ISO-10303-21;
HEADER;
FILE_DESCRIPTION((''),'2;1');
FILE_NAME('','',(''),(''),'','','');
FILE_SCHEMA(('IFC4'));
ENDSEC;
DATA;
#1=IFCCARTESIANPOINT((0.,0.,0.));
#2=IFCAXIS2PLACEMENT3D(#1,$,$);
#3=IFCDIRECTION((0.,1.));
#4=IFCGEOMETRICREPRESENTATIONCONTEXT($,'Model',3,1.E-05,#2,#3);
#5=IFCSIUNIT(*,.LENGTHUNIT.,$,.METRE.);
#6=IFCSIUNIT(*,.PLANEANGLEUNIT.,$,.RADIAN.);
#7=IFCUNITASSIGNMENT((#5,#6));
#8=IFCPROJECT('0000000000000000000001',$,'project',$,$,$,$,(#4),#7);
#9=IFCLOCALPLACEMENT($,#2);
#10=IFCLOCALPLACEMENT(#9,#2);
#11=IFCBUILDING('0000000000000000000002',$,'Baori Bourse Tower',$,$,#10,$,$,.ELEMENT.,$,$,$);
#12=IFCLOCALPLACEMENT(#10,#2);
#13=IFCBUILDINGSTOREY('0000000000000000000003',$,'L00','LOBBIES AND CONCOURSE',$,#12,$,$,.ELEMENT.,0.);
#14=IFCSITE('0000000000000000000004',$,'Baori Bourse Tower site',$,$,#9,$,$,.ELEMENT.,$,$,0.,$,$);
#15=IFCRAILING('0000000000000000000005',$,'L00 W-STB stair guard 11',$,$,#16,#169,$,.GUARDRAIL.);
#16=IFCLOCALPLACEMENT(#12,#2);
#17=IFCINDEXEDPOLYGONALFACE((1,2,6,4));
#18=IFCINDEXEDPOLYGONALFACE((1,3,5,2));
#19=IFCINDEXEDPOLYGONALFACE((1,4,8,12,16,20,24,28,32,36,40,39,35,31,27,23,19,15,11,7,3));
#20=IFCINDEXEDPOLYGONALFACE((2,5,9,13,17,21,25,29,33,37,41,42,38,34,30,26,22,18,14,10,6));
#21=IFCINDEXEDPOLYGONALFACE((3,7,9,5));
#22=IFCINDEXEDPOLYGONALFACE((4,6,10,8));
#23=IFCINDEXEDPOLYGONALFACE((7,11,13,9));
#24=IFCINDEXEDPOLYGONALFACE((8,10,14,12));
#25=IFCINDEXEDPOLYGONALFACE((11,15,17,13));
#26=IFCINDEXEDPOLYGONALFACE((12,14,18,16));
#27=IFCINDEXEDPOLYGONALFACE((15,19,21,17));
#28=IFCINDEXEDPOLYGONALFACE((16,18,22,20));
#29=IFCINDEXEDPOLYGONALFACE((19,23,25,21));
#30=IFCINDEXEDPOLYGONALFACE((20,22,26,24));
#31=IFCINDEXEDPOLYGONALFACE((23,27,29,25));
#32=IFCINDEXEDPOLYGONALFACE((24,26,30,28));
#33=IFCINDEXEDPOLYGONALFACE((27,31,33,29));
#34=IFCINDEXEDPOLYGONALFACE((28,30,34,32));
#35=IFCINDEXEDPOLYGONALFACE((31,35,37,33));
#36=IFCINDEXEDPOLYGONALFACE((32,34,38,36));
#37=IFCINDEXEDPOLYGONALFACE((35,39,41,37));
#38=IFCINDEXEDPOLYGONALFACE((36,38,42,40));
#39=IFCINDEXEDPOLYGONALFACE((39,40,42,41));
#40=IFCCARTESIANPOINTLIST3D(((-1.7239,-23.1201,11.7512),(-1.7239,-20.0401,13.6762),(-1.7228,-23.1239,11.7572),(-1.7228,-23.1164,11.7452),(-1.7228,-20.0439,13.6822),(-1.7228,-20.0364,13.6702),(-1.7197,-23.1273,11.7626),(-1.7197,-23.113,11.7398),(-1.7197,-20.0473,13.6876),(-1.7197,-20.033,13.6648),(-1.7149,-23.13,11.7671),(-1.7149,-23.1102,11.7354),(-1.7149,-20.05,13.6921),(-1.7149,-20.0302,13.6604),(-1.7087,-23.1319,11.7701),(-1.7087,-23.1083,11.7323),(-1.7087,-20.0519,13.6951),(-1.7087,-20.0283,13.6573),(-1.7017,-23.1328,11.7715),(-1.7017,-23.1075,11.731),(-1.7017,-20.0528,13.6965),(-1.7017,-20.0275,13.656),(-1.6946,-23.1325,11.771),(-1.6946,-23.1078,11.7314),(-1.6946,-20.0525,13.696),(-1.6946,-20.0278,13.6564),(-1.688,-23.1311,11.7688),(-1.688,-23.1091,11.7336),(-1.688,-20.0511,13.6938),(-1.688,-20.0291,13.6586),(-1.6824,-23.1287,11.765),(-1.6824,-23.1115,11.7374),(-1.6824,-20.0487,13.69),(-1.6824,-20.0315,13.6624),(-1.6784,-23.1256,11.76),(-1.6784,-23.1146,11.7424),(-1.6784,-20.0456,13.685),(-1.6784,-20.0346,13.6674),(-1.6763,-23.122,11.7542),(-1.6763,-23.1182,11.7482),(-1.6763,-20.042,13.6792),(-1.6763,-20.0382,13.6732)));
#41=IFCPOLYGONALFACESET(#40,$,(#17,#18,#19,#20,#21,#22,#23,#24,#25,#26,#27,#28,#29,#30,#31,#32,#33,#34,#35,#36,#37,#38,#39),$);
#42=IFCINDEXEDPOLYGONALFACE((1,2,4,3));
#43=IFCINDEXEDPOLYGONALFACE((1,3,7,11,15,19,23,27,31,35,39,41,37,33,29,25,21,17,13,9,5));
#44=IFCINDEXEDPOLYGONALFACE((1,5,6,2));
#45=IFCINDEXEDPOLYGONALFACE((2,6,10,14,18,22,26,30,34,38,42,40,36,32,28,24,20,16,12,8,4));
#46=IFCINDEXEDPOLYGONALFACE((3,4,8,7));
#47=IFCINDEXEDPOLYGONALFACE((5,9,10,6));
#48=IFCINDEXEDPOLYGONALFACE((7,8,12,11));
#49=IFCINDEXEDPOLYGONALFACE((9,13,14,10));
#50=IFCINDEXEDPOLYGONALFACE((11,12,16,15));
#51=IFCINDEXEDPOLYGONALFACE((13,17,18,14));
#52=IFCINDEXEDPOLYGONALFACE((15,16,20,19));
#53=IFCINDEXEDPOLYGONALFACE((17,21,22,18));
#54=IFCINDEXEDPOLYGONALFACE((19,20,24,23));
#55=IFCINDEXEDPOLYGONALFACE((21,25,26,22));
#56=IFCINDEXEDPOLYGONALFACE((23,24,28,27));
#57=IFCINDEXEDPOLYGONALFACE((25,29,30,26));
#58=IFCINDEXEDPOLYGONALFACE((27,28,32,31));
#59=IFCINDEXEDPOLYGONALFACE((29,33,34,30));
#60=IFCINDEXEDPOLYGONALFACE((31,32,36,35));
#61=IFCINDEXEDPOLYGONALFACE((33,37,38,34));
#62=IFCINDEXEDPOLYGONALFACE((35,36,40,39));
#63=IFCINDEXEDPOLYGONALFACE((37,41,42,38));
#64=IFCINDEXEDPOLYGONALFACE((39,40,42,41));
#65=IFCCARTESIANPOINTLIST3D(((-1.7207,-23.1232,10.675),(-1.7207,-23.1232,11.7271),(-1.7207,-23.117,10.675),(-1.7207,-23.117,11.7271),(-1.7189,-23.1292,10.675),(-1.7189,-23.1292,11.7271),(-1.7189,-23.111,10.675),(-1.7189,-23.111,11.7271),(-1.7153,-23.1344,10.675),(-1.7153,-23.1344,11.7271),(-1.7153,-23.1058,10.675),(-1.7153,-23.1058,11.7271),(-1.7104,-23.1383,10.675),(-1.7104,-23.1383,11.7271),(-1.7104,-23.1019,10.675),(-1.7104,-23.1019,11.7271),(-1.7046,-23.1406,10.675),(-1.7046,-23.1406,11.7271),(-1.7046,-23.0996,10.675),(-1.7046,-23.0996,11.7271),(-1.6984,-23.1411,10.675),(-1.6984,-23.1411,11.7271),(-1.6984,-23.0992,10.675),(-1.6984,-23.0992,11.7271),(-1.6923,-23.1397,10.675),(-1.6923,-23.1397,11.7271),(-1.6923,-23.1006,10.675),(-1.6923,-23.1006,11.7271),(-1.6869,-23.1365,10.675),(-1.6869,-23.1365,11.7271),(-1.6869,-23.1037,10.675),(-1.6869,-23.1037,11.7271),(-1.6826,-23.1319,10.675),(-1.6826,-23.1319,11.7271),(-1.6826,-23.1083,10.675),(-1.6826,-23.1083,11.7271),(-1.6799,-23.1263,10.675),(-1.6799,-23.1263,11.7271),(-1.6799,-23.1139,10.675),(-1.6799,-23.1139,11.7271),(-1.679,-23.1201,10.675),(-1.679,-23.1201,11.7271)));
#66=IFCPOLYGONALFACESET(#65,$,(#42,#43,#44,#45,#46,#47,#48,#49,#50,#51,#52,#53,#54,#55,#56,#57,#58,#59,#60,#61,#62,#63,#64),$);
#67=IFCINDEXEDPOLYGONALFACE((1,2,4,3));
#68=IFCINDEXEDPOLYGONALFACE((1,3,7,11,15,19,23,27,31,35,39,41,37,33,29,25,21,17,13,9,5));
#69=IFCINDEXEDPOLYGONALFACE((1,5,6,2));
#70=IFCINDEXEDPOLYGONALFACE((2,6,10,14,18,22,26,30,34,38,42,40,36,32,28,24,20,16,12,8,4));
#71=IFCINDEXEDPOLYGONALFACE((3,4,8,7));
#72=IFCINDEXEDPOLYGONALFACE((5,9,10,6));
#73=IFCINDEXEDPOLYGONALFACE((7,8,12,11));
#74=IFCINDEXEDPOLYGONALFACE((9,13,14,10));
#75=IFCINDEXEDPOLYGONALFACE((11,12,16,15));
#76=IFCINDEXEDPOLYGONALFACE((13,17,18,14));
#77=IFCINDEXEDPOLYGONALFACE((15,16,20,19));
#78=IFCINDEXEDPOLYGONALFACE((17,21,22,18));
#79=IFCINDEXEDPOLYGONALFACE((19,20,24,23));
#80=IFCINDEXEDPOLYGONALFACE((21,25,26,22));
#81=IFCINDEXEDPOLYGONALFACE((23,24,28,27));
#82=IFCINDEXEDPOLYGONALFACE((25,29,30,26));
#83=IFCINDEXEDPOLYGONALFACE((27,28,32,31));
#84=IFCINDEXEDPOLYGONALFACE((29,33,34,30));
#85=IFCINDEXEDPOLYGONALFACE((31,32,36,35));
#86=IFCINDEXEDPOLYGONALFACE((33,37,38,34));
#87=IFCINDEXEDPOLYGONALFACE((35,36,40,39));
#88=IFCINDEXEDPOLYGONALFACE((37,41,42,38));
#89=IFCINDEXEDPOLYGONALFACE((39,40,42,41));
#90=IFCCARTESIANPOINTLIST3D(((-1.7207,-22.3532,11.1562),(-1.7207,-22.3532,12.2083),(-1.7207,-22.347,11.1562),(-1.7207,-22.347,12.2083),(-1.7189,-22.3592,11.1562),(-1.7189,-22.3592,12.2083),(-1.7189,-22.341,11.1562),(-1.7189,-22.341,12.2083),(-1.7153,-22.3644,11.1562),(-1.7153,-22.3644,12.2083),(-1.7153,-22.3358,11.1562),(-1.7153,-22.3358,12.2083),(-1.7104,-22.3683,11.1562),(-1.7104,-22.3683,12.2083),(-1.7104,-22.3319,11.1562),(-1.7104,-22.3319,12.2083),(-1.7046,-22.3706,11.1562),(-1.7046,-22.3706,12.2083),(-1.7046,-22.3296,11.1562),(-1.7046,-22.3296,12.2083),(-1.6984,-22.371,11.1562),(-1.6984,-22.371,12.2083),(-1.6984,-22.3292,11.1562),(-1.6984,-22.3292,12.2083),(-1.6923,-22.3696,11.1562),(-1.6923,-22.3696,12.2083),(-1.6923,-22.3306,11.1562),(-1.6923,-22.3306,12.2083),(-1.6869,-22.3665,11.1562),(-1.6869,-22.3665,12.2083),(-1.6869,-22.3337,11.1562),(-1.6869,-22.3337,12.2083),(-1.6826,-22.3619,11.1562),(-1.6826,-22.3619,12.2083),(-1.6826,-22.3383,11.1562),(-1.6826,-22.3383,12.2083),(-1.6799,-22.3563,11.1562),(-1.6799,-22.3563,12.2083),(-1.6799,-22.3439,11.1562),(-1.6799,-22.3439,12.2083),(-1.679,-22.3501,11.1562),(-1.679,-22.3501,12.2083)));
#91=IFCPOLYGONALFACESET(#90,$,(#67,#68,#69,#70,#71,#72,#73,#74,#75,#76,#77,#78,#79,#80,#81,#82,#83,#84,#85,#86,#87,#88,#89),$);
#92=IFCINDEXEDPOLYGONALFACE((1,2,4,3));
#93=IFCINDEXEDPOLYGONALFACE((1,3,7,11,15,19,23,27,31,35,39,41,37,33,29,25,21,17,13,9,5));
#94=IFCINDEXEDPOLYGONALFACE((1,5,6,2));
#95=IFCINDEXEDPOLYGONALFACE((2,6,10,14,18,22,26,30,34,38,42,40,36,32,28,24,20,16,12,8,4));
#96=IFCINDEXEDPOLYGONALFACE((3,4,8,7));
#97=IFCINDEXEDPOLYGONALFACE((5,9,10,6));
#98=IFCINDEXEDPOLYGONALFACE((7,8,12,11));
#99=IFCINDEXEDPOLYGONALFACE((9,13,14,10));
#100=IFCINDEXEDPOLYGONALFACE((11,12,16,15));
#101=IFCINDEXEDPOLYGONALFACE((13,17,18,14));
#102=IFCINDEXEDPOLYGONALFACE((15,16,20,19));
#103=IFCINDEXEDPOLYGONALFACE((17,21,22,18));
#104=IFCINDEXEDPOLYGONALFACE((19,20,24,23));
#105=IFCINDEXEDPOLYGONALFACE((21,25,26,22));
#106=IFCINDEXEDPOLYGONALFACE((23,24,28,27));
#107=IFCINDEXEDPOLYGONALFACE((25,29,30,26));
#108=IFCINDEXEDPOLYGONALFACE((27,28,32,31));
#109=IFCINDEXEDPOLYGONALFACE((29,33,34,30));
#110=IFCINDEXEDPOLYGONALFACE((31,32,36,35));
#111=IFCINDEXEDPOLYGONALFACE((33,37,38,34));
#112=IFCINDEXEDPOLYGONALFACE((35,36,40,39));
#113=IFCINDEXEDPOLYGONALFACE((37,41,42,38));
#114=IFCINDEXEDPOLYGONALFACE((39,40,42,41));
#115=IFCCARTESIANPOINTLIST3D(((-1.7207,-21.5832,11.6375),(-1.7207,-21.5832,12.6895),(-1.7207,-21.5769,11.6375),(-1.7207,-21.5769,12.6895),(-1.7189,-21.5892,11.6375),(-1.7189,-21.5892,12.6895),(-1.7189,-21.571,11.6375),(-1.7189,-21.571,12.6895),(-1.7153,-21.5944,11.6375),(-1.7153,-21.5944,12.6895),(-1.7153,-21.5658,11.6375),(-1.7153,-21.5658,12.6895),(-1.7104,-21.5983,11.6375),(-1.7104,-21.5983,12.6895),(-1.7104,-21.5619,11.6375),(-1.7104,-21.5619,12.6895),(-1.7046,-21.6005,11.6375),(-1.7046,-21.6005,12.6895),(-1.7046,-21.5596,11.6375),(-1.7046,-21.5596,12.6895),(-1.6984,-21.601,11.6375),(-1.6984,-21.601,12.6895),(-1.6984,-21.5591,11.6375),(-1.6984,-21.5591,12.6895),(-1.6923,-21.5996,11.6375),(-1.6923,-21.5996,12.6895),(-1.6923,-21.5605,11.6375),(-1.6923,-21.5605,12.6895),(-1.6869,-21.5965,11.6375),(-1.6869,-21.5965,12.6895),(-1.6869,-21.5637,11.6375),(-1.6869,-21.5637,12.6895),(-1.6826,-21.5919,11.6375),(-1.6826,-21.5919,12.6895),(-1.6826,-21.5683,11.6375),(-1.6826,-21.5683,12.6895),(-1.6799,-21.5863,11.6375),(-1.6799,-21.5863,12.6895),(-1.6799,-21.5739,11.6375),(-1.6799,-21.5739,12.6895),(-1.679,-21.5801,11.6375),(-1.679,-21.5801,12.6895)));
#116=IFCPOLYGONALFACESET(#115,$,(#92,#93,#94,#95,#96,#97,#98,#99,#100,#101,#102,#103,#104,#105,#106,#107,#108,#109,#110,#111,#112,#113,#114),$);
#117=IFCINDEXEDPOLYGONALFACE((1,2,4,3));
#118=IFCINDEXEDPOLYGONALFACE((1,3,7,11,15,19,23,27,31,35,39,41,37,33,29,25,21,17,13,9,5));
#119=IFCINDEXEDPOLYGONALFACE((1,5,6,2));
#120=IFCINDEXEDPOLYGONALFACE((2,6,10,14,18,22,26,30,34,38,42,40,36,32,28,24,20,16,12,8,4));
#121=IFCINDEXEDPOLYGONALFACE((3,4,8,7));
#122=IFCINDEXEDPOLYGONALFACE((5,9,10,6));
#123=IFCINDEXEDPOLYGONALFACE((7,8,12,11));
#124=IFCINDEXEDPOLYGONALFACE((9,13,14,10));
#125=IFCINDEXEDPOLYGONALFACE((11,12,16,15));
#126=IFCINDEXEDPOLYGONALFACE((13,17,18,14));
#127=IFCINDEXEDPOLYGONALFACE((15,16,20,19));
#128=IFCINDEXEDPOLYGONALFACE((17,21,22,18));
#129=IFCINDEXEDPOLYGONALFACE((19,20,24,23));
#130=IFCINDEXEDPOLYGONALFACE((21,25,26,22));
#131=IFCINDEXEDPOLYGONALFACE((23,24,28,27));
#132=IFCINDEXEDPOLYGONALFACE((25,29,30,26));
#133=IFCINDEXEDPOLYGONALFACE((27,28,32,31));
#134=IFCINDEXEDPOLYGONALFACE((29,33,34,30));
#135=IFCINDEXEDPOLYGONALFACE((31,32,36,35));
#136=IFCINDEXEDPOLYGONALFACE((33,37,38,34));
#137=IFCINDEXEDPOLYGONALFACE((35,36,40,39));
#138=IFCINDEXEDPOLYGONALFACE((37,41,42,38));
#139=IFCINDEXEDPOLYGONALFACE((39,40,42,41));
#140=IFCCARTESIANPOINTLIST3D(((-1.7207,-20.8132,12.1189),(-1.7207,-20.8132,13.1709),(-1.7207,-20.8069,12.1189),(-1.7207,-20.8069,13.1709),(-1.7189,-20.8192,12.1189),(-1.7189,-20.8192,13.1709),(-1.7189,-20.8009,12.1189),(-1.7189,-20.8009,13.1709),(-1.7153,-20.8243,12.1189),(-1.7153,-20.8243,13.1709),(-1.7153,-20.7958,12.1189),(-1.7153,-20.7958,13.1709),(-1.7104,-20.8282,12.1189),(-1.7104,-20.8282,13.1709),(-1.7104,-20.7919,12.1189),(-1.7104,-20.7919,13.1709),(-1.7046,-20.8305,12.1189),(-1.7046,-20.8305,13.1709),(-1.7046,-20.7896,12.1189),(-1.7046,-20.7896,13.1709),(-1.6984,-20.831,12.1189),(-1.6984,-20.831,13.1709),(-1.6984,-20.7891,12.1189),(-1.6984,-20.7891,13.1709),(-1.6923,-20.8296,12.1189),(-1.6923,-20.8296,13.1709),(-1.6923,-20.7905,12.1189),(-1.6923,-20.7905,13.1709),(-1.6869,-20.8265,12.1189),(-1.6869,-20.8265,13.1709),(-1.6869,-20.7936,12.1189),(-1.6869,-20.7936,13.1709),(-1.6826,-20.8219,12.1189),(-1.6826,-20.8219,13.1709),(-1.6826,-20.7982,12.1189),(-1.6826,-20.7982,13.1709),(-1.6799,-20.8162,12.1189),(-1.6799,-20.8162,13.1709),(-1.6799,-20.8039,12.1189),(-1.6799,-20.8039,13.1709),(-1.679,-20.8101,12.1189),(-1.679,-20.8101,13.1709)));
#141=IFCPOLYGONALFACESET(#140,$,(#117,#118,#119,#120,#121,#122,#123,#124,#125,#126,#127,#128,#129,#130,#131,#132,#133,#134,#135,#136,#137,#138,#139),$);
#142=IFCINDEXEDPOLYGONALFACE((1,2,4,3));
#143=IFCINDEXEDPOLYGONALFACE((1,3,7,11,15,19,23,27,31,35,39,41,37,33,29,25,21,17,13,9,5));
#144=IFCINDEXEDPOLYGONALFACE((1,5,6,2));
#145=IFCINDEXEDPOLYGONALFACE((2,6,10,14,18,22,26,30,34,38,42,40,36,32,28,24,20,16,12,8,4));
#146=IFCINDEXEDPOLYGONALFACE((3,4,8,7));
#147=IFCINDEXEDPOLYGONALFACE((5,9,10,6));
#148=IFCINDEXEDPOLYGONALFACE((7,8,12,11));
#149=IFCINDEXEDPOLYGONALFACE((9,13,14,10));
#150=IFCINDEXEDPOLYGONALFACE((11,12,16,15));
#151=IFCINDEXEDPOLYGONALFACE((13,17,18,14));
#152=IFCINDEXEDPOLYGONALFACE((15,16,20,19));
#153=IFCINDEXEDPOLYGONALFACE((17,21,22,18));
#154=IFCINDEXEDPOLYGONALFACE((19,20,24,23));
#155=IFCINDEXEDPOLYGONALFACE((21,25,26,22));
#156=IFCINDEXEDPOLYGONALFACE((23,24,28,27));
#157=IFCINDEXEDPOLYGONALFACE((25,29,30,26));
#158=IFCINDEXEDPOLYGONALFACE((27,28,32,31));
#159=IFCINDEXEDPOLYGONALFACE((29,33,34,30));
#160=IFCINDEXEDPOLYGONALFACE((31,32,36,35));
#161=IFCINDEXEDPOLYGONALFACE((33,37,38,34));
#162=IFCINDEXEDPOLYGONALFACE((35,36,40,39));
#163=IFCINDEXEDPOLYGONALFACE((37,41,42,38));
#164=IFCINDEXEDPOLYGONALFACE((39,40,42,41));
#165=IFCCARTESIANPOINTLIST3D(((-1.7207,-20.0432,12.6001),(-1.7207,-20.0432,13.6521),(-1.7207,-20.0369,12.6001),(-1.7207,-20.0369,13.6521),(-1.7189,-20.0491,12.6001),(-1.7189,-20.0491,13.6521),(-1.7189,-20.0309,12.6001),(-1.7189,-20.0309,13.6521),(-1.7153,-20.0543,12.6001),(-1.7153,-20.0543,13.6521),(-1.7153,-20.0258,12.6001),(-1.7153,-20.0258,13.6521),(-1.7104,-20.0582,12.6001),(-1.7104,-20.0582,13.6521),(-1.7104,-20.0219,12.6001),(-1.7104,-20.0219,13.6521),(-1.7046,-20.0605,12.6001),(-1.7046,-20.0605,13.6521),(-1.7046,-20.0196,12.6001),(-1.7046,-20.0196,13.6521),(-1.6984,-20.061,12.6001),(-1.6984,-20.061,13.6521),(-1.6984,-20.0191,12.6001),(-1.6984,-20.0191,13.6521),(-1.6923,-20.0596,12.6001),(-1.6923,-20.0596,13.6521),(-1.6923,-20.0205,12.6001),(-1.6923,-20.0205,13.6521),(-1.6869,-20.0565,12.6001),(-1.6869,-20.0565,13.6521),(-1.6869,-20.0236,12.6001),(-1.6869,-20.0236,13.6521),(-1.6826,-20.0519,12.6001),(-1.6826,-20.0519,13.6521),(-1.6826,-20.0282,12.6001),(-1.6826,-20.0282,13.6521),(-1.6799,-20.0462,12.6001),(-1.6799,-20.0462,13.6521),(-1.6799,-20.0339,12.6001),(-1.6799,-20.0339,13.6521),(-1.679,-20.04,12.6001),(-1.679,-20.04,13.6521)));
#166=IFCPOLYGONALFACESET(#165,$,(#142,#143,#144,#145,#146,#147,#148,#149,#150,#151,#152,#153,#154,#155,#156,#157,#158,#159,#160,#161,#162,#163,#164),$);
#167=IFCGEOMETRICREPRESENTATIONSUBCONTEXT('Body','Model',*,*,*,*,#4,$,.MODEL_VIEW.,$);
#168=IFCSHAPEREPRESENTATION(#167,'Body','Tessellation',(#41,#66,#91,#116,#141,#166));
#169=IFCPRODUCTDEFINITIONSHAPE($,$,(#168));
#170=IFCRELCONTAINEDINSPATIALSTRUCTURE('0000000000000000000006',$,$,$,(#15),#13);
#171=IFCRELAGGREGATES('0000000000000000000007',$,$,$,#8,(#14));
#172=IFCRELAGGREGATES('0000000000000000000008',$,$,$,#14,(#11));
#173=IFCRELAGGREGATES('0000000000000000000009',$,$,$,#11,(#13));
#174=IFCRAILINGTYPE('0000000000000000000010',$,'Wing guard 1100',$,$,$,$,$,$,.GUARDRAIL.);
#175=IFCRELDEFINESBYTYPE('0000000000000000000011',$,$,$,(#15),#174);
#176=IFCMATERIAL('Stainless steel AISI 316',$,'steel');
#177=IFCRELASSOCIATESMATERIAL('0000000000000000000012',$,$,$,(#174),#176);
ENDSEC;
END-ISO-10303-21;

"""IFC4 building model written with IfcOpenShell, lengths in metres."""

from ifc_helpers import new_model, si_unit, direction, frame, origin, origin_2d, place, context, subcontext, project, spatial, circle, extrude, material, type_object, element, save


model = new_model("IFC4")

# Units and contexts
model_context = context("Model", 3, precision=1e-05, world=origin(), true_north=direction((0.0, 1.0)))
body_context = subcontext(model_context, "Body", "Model", "MODEL_VIEW")
ifc_project = project(units=[si_unit("LENGTHUNIT", "METRE"), si_unit("PLANEANGLEUNIT", "RADIAN")], contexts=[model_context])

# Site, building, storey
site_placement = place(None, origin())
site = spatial("IfcSite", under=ifc_project, at=site_placement, Name="Baori Bourse Tower site", CompositionType="ELEMENT", RefElevation=0.0)
building_placement = place(site_placement, origin())
building = spatial("IfcBuilding", under=site, at=building_placement, Name="Baori Bourse Tower", CompositionType="ELEMENT")
storey_placement = place(building_placement, origin())
storey = spatial("IfcBuildingStorey", under=building, at=storey_placement, Name="L00", Description="LOBBIES AND CONCOURSE", CompositionType="ELEMENT", Elevation=0.0)

# Railing
ifc_material_1 = material(Name="Stainless steel AISI 316", Category="steel")
railing_type = type_object("IfcRailingType", Name="Wing guard 1100", PredefinedType="GUARDRAIL", material=ifc_material_1)
railing_1_placement = place(storey_placement, frame((-1.7, -23.1201, 10.675)))
element("IfcRailing", 1, at=railing_1_placement, inside=storey, type_object=railing_type, Name="L00 W-STB stair guard 11", PredefinedType="GUARDRAIL", context=body_context, shape_type="SweptSolid", body=[
    extrude(circle(Radius=0.0239, at=origin_2d()), frame((0.0, 0.0, 1.0762), z_axis=(0.0, 0.847998, 0.529999), x_axis=(-1.0, 0.0, 0.0)), (0.0, 0.0, 1.0), 3.6321),
    extrude(circle(Radius=0.021, at=origin_2d()), origin(), (0.0, 0.0, 1.0), 1.052),
    extrude(circle(Radius=0.021, at=origin_2d()), frame((0.0, 0.77, 0.4812)), (0.0, 0.0, 1.0), 1.052),
    extrude(circle(Radius=0.021, at=origin_2d()), frame((0.0, 1.54, 0.9624)), (0.0, 0.0, 1.0), 1.052),
    extrude(circle(Radius=0.021, at=origin_2d()), frame((0.0, 2.3101, 1.4438)), (0.0, 0.0, 1.0), 1.052),
    extrude(circle(Radius=0.021, at=origin_2d()), frame((0.0, 3.0801, 1.925)), (0.0, 0.0, 1.0), 1.052),
])

save(model, "model.ifc")
